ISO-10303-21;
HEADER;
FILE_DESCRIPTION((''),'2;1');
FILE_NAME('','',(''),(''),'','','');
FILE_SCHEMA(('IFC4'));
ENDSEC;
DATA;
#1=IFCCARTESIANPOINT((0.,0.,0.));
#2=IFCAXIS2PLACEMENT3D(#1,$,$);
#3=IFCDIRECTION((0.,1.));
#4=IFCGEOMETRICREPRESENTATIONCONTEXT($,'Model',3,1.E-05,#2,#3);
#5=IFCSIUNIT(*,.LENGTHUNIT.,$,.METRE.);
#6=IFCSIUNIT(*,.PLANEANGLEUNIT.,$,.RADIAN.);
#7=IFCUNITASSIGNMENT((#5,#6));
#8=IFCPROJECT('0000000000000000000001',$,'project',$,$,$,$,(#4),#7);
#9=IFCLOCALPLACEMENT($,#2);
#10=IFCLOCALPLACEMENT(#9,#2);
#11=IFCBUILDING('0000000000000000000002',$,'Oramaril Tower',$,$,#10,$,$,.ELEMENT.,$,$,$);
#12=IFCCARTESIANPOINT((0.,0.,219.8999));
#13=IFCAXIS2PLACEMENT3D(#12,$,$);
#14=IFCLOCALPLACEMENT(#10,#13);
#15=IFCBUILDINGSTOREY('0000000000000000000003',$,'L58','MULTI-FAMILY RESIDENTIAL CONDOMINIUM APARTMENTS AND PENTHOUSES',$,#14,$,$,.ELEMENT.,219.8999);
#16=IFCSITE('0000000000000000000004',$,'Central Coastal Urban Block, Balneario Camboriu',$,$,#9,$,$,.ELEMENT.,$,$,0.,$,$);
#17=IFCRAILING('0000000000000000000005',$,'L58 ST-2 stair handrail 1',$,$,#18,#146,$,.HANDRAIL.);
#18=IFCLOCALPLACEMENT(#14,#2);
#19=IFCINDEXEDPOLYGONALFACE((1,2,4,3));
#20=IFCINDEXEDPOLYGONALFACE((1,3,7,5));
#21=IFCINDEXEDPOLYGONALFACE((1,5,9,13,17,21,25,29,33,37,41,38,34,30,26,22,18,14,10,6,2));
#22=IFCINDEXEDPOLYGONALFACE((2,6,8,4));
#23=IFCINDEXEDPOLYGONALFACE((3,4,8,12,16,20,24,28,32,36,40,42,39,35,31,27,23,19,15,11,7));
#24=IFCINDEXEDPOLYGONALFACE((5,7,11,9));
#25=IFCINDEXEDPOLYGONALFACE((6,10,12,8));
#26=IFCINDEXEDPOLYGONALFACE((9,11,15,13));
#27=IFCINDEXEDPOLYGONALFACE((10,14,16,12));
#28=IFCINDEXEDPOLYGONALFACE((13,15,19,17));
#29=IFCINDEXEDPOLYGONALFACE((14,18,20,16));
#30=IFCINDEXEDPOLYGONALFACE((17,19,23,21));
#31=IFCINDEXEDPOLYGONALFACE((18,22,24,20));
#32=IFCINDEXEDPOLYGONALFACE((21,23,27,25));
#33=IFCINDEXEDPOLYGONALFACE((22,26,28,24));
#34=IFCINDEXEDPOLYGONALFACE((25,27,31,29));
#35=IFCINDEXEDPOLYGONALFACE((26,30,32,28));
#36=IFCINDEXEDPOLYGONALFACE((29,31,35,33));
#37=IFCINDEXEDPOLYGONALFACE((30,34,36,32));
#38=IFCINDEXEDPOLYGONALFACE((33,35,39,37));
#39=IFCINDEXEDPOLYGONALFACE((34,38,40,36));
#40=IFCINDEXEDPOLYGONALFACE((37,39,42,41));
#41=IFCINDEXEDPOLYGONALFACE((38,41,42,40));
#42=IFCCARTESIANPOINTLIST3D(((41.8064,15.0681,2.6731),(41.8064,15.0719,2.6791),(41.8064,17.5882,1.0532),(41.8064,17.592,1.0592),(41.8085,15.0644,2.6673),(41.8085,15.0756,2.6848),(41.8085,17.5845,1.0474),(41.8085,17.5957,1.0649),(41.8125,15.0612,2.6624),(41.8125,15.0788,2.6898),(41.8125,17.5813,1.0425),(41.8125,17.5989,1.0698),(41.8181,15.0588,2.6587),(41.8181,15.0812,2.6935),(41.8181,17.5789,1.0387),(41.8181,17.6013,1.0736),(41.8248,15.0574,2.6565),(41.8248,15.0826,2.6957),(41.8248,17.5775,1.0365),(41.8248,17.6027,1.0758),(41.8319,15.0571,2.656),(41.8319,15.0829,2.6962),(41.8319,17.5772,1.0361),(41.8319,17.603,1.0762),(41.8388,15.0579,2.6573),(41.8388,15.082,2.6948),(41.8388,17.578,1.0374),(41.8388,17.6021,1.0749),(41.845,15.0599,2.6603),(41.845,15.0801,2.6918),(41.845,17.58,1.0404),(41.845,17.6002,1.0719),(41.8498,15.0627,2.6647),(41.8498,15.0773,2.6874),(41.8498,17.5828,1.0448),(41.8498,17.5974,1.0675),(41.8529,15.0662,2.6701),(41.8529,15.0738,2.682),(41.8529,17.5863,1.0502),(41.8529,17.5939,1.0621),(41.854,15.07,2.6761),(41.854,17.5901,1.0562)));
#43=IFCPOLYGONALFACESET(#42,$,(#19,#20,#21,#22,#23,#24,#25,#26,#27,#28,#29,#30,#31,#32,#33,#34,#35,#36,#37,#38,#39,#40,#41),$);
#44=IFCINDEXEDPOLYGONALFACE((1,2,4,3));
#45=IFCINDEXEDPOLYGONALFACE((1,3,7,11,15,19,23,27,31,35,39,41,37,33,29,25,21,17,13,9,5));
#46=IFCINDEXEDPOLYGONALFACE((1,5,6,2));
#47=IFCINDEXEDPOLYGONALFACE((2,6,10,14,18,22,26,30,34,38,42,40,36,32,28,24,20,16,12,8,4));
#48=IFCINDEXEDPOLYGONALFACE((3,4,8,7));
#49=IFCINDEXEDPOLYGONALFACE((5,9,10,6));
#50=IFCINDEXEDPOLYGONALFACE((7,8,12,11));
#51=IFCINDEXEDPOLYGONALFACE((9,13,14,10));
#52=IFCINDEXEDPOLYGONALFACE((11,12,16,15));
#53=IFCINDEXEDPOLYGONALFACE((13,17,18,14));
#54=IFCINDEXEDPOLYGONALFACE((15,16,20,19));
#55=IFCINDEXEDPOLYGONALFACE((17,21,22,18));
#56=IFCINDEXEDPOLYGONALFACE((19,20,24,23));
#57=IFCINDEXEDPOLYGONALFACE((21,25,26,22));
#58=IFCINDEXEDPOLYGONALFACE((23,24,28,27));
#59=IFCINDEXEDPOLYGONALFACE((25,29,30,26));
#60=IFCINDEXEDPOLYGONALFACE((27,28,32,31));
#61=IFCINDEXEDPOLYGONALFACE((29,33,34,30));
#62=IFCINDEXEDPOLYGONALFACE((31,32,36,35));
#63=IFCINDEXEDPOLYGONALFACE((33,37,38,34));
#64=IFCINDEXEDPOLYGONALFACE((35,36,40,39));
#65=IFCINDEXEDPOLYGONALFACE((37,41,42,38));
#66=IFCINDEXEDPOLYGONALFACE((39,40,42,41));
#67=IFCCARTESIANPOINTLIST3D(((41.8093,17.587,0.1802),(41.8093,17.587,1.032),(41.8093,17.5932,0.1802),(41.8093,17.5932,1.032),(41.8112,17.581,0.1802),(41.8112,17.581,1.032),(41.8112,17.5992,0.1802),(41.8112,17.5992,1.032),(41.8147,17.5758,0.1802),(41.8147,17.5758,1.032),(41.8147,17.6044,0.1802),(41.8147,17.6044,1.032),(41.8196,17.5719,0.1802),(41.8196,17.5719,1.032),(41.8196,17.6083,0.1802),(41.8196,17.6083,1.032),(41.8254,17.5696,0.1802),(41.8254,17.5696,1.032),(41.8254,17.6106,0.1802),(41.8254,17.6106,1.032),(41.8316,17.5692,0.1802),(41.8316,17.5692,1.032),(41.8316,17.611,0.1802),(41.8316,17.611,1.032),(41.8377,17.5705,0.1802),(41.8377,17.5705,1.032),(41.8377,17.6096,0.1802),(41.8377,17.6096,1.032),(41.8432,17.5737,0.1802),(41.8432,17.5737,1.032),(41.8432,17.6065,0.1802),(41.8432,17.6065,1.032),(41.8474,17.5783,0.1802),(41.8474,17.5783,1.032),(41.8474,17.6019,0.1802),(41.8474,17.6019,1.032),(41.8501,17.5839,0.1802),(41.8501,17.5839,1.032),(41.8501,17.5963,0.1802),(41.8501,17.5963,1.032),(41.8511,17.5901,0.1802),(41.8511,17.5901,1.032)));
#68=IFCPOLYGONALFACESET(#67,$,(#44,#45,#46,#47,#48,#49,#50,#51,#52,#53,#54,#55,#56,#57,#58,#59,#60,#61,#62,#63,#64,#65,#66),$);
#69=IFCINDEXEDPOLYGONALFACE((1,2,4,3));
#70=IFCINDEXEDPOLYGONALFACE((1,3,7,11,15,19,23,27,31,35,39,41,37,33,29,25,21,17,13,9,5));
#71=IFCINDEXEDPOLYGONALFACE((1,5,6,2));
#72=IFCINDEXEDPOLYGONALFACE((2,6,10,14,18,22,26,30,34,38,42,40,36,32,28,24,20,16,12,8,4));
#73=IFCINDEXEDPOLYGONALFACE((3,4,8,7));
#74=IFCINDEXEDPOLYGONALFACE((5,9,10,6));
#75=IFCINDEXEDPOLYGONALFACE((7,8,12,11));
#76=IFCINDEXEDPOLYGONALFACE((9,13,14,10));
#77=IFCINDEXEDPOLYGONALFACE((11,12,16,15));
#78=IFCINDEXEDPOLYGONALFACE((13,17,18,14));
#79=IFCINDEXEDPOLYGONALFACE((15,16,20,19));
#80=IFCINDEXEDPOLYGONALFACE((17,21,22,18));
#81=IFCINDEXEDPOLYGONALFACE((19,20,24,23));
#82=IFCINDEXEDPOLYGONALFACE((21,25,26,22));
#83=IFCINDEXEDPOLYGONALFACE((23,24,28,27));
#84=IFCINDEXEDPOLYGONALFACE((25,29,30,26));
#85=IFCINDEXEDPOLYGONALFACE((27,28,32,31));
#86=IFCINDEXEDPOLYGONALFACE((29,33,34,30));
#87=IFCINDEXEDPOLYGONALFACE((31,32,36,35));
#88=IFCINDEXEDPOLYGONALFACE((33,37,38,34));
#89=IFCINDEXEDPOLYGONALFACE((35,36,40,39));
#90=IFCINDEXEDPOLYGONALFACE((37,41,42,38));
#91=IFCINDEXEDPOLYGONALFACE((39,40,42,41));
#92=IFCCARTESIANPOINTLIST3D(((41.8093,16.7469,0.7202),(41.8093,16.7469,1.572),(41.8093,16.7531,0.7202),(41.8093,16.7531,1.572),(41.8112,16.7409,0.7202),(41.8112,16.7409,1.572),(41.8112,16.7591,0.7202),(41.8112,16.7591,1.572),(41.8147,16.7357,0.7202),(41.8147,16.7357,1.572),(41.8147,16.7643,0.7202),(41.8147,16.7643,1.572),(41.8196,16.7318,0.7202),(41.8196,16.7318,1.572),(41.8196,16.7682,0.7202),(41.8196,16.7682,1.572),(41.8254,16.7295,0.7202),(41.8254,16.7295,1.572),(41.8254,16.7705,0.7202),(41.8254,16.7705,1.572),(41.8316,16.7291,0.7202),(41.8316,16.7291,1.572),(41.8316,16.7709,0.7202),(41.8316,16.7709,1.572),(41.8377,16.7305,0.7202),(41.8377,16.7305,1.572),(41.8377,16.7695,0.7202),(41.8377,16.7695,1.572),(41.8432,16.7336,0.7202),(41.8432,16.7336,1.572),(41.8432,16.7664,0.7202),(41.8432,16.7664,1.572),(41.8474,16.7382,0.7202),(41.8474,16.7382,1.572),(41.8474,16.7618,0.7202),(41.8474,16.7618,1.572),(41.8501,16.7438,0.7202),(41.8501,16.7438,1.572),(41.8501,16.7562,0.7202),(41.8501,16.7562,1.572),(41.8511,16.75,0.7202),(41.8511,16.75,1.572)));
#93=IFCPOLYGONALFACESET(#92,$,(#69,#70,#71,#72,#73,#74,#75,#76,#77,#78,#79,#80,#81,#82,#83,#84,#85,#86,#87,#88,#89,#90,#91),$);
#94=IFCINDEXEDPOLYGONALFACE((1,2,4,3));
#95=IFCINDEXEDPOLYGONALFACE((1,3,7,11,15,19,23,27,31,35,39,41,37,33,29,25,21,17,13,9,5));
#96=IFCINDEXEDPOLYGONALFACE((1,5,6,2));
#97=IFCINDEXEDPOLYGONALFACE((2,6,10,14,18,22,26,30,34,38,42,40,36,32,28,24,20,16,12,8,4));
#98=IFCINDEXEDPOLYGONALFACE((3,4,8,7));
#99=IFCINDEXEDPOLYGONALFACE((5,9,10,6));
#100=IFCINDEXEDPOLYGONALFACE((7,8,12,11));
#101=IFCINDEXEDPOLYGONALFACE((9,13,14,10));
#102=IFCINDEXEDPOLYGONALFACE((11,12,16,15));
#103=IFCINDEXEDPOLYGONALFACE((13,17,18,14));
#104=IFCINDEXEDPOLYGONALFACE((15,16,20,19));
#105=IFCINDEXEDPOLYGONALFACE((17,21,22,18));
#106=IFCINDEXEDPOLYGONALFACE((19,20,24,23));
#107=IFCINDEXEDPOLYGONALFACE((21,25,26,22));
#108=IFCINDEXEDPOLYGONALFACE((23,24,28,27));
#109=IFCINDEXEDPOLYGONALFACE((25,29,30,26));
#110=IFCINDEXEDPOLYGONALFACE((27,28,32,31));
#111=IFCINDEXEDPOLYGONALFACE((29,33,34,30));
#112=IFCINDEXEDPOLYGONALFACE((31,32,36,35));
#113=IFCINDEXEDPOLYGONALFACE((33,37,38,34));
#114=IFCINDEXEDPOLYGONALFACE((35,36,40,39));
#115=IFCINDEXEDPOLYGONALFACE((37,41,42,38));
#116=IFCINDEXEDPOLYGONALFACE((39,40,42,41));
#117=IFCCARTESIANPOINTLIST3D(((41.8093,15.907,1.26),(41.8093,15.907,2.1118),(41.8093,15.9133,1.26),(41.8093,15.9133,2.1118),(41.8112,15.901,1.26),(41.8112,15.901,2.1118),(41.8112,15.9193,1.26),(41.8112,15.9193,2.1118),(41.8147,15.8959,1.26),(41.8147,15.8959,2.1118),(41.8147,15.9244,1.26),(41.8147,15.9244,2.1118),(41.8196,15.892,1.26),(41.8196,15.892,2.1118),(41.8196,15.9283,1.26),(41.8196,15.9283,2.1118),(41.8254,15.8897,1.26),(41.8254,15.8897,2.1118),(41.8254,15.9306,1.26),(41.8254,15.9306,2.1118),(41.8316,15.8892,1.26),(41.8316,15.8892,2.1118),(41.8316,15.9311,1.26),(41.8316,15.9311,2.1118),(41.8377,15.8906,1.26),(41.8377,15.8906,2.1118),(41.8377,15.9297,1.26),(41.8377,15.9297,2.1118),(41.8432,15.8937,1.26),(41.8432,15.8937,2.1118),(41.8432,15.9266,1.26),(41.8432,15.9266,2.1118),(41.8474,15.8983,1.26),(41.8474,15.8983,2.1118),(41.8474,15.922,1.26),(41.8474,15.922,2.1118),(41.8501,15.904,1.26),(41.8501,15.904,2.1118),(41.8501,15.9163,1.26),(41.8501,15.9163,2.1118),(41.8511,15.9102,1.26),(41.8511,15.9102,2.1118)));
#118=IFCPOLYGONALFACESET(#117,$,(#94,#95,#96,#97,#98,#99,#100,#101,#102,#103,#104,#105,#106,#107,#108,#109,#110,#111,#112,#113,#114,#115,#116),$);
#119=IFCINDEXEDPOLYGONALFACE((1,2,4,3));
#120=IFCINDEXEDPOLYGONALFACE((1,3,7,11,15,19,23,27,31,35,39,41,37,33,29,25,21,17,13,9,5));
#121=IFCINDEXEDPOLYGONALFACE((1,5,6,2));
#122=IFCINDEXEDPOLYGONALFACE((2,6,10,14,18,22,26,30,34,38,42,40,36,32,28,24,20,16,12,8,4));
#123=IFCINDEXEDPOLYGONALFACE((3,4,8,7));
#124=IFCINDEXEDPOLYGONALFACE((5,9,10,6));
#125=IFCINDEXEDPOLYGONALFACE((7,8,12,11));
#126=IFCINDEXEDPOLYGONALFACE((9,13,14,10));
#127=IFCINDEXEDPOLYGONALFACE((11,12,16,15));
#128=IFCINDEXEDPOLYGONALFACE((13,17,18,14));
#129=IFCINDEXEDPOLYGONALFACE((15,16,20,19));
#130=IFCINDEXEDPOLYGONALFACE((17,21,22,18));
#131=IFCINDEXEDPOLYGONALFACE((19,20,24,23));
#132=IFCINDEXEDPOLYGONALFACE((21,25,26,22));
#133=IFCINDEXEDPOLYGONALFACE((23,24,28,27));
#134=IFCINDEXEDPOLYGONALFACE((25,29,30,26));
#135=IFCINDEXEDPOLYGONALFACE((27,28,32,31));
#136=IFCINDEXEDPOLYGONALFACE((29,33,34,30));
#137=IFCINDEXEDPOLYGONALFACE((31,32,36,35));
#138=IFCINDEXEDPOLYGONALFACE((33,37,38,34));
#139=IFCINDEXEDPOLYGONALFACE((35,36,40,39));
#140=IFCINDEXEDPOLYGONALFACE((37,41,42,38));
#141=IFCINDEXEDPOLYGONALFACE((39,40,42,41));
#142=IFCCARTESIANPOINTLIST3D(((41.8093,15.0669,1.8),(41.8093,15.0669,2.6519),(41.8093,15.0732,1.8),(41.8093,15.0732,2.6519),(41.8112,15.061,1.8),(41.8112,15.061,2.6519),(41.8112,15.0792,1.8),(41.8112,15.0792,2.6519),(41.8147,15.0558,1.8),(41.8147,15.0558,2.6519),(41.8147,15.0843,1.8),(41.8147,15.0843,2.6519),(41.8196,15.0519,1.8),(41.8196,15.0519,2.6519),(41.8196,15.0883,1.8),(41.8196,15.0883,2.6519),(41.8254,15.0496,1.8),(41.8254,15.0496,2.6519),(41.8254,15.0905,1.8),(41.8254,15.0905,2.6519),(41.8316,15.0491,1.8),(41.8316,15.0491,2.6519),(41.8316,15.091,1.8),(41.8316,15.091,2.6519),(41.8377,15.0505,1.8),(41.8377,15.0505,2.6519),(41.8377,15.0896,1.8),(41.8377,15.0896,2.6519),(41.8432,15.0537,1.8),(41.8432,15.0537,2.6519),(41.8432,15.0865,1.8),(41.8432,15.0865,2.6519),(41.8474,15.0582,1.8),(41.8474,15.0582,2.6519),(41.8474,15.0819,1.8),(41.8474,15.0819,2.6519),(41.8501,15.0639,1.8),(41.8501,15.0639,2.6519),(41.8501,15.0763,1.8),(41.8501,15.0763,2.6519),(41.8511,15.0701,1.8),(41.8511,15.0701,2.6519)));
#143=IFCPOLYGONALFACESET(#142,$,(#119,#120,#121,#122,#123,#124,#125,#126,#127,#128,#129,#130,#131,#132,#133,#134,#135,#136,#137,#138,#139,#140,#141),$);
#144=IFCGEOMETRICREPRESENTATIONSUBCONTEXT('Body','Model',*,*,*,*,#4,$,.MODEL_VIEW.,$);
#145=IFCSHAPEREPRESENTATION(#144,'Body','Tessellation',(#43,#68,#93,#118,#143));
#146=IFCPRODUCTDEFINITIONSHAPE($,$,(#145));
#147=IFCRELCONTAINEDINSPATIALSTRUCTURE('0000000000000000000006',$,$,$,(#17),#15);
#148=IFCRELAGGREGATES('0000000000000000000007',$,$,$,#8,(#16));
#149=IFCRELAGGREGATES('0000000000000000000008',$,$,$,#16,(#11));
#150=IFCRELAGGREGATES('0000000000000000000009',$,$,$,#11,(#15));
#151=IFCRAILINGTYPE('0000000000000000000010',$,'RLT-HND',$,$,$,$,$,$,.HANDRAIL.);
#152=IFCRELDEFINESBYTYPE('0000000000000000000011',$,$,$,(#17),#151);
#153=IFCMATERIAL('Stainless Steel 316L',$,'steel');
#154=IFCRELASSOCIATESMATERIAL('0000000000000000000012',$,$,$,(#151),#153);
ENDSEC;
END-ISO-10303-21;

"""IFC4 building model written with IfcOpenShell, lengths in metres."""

from ifc_helpers import new_model, si_unit, direction, frame, origin, origin_2d, place, context, subcontext, project, spatial, circle, extrude, material, type_object, element, save


model = new_model("IFC4")

# Units and contexts
model_context = context("Model", 3, precision=1e-05, world=origin(), true_north=direction((0.0, 1.0)))
body_context = subcontext(model_context, "Body", "Model", "MODEL_VIEW")
ifc_project = project(units=[si_unit("LENGTHUNIT", "METRE"), si_unit("PLANEANGLEUNIT", "RADIAN")], contexts=[model_context])

# Site, building, storey
site_placement = place(None, origin())
site = spatial("IfcSite", under=ifc_project, at=site_placement, Name="Central Coastal Urban Block, Balneario Camboriu", CompositionType="ELEMENT", RefElevation=0.0)
building_placement = place(site_placement, origin())
building = spatial("IfcBuilding", under=site, at=building_placement, Name="Oramaril Tower", CompositionType="ELEMENT")
storey_placement = place(building_placement, frame((0.0, 0.0, 219.8999)))
storey = spatial("IfcBuildingStorey", under=building, at=storey_placement, Name="L58", Description="MULTI-FAMILY RESIDENTIAL CONDOMINIUM APARTMENTS AND PENTHOUSES", CompositionType="ELEMENT", Elevation=219.8999)

# Railing
ifc_material_1 = material(Name="Stainless Steel 316L", Category="steel")
railing_type_1 = type_object("IfcRailingType", Name="RLT-HND", PredefinedType="HANDRAIL", material=ifc_material_1)
railing_1_placement = place(storey_placement, frame((41.8301, 17.5901, 0.1802)))
element("IfcRailing", 1, at=railing_1_placement, inside=storey, type_object=railing_type_1, Name="L58 ST-2 stair handrail 1", PredefinedType="HANDRAIL", context=body_context, shape_type="SweptSolid", body=[
    extrude(circle(Radius=0.0239, at=origin_2d()), frame((0.0, 0.0, 0.876), z_axis=(0.0, -0.8412, 0.540725), x_axis=(1.0, 0.0, 0.0)), (0.0, 0.0, 1.0), 2.9958),
    extrude(circle(Radius=0.021, at=origin_2d()), origin(), (0.0, 0.0, 1.0), 0.8518),
    extrude(circle(Radius=0.021, at=origin_2d()), frame((0.0, -0.8401, 0.54)), (0.0, 0.0, 1.0), 0.8518),
    extrude(circle(Radius=0.021, at=origin_2d()), frame((0.0, -1.6799, 1.0798)), (0.0, 0.0, 1.0), 0.8518),
    extrude(circle(Radius=0.021, at=origin_2d()), frame((0.0, -2.52, 1.6199)), (0.0, 0.0, 1.0), 0.8518),
])

save(model, "model.ifc")
